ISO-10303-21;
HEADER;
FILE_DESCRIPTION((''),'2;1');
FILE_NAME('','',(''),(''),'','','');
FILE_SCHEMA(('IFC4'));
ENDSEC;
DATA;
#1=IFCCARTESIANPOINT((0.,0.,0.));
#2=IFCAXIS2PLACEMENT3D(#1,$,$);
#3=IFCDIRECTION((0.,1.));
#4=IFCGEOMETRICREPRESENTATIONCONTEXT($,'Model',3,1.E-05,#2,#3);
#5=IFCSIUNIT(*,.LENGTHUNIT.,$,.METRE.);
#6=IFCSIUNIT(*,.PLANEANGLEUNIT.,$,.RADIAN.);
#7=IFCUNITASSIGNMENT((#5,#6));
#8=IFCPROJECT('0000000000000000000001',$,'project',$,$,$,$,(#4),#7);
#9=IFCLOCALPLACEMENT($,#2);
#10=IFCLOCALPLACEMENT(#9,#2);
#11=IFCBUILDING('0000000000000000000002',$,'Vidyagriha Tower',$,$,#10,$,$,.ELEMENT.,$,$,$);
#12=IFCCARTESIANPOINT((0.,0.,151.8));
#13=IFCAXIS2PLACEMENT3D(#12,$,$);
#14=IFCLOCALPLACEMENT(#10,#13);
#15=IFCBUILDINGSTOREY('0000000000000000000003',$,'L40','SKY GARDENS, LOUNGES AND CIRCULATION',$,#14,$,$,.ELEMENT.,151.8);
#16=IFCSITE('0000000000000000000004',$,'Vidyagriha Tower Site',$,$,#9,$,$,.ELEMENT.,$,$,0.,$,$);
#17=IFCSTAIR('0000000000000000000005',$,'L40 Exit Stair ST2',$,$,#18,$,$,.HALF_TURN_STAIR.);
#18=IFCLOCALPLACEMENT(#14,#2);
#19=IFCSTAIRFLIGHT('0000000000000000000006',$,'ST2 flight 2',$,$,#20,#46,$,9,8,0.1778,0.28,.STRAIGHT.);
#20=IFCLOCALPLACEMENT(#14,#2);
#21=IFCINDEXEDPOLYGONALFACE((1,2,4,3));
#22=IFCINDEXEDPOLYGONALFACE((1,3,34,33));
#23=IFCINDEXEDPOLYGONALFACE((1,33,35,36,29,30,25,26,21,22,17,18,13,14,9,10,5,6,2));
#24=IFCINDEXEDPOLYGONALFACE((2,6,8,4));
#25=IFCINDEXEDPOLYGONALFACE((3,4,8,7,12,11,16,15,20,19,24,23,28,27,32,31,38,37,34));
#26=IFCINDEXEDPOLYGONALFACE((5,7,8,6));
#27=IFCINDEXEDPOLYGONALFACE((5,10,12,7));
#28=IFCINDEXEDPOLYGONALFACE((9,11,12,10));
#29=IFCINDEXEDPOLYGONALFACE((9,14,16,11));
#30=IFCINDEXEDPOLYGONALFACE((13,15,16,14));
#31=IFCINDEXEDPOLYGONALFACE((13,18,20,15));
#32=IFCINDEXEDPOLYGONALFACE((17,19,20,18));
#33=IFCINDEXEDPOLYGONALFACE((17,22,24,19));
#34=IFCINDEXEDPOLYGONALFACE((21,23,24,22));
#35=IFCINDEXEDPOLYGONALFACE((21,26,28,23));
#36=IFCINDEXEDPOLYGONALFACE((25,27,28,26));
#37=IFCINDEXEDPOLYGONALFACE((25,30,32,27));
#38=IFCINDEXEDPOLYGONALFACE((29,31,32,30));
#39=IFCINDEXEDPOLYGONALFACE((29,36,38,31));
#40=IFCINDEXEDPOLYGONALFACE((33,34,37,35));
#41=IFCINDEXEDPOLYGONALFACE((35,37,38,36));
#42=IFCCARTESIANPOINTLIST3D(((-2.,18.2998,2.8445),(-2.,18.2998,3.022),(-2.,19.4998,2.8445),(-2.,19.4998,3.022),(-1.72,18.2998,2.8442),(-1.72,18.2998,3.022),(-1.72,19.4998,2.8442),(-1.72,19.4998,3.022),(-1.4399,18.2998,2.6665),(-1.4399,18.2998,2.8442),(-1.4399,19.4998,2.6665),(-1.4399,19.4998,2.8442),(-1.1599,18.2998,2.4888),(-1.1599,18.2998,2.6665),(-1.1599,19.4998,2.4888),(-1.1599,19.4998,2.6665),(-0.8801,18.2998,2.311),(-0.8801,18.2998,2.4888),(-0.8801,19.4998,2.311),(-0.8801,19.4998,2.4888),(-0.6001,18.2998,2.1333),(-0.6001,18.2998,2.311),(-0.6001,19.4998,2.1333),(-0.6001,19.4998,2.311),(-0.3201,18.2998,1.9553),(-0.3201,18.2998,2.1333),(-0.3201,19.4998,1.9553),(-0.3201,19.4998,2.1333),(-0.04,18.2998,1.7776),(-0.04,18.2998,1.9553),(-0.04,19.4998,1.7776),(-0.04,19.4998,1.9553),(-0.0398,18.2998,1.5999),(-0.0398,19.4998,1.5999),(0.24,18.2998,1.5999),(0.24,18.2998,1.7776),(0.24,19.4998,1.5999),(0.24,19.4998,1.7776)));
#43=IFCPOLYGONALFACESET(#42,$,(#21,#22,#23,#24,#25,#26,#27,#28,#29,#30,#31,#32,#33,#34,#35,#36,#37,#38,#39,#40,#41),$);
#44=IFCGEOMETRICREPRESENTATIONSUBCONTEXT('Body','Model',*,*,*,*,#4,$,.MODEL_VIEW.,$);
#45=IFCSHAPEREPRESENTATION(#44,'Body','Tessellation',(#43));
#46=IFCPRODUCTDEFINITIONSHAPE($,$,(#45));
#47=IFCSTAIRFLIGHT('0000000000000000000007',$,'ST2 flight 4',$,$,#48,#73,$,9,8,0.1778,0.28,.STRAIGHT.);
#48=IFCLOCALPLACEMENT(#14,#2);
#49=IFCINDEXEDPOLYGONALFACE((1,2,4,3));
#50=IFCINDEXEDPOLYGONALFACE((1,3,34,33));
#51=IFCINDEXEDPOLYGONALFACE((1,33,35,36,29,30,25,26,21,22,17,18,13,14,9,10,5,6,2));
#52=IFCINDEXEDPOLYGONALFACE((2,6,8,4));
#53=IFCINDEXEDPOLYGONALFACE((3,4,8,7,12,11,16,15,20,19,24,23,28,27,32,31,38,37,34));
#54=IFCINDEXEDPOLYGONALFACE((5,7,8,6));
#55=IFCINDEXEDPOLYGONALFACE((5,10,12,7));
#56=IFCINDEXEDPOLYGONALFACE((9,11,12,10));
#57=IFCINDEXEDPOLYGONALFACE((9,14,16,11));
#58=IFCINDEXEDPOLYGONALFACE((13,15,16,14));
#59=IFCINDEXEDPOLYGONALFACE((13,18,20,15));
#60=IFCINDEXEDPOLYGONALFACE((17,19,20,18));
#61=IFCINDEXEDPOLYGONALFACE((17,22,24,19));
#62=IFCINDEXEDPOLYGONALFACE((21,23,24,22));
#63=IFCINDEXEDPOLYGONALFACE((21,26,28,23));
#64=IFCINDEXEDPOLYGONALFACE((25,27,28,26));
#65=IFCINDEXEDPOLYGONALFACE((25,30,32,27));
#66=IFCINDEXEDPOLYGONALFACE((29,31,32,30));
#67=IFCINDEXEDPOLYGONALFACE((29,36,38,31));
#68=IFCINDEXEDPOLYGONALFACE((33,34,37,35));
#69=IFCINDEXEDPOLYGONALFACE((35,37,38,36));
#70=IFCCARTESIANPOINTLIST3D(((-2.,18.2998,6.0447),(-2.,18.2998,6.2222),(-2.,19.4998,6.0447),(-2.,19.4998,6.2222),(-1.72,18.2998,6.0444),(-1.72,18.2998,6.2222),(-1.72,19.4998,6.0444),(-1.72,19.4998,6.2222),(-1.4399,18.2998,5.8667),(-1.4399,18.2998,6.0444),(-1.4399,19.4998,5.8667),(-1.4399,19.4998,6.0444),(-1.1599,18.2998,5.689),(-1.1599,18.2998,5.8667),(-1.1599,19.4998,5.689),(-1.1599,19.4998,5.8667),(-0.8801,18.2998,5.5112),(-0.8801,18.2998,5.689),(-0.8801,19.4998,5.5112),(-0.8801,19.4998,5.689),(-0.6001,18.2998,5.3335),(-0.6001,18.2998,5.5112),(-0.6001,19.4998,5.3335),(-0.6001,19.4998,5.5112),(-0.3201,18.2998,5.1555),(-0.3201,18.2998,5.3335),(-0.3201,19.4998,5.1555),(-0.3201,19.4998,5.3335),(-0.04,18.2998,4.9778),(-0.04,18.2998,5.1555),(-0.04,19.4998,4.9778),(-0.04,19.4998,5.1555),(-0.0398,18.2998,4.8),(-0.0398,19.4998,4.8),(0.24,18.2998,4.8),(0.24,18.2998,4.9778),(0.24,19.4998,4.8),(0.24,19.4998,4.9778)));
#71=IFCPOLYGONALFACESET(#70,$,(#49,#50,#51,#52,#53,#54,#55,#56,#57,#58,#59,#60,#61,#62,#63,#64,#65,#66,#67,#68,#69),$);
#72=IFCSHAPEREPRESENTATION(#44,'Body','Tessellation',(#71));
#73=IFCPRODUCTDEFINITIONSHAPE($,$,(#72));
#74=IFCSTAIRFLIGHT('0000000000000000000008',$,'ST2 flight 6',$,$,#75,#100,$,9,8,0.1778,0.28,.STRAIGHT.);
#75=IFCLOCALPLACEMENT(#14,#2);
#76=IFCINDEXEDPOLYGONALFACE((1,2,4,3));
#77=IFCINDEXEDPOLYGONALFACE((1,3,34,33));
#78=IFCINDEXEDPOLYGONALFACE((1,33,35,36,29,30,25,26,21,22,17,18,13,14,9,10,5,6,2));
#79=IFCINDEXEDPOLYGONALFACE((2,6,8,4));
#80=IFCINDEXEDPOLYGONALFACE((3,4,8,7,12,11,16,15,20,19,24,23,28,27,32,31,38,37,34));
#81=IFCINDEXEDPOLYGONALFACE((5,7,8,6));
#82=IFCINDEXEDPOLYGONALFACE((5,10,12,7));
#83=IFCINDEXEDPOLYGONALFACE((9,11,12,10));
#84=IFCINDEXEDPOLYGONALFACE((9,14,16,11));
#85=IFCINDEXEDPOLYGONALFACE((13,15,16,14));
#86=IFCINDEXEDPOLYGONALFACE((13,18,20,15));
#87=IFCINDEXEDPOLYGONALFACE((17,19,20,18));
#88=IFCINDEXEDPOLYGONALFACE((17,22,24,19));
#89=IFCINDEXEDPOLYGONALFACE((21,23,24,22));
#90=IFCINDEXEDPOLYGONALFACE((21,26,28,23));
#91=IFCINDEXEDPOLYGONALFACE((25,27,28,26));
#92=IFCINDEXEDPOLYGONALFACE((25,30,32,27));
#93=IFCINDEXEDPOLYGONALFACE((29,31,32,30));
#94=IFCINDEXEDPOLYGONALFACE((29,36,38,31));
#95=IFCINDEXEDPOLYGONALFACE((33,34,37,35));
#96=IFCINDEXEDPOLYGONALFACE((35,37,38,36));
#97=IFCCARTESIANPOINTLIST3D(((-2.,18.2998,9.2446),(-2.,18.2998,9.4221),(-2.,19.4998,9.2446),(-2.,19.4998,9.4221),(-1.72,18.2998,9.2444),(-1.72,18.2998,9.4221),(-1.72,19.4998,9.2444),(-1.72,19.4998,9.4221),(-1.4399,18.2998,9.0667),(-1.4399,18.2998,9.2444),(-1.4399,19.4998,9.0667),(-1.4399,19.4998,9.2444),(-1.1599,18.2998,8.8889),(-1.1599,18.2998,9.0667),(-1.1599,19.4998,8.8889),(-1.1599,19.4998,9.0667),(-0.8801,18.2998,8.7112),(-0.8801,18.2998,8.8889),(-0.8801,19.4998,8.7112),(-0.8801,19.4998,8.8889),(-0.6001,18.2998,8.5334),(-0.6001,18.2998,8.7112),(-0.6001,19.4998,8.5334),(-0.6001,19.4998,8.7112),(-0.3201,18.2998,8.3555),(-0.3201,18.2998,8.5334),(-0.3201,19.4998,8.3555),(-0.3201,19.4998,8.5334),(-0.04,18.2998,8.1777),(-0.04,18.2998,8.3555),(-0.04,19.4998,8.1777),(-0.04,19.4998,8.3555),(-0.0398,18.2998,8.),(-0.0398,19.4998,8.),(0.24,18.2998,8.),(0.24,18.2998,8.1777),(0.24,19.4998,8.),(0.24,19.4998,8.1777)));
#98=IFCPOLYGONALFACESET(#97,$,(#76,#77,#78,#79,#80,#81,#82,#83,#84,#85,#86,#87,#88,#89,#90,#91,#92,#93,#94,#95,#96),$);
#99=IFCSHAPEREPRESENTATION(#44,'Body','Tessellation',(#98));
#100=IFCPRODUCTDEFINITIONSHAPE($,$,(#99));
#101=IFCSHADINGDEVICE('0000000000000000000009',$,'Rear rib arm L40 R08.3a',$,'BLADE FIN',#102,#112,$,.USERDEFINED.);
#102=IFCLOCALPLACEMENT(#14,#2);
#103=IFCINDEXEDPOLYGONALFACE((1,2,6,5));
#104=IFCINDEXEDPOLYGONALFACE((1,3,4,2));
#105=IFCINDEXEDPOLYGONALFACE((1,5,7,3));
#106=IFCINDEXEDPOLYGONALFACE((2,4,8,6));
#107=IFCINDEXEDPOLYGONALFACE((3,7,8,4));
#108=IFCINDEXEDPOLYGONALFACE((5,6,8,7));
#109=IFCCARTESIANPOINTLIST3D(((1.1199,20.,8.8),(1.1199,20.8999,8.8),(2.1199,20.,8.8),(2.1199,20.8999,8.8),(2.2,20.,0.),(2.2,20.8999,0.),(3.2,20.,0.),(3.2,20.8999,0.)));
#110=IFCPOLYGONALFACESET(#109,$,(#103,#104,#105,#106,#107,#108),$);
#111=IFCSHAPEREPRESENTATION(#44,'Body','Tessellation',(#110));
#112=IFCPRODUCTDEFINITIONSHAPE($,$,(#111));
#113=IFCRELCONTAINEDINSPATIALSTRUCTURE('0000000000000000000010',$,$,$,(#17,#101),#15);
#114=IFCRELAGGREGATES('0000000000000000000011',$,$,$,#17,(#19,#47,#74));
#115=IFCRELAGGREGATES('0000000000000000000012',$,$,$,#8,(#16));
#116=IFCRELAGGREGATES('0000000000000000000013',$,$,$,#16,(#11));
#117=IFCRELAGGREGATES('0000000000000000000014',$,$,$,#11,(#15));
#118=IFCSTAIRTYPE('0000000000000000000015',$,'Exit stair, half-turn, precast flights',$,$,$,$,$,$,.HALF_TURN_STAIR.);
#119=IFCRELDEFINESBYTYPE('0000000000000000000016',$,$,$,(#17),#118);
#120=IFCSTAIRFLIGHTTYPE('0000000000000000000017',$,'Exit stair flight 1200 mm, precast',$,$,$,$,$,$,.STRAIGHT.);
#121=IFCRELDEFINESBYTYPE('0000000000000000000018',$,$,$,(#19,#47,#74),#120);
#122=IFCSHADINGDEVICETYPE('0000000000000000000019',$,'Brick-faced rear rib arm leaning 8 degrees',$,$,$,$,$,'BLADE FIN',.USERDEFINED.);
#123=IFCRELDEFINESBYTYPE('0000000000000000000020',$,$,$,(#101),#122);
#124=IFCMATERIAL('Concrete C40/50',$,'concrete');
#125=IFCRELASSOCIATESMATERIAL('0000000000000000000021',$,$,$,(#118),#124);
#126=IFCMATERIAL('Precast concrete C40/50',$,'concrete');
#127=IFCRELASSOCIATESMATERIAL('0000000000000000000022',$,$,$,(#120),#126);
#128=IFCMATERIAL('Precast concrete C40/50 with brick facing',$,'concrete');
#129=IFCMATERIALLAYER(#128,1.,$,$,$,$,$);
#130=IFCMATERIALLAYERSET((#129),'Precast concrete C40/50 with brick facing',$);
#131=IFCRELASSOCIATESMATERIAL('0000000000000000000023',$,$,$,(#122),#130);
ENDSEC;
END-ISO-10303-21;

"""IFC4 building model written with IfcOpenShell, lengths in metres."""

from ifc_helpers import new_model, si_unit, direction, frame, origin, place, context, subcontext, project, spatial, polyline, outline, extrude, material, layer, layer_set, type_object, element, aggregate, save


model = new_model("IFC4")

# Units and contexts
model_context = context("Model", 3, precision=1e-05, world=origin(), true_north=direction((0.0, 1.0)))
body_context = subcontext(model_context, "Body", "Model", "MODEL_VIEW")
ifc_project = project(units=[si_unit("LENGTHUNIT", "METRE"), si_unit("PLANEANGLEUNIT", "RADIAN")], contexts=[model_context])

# Site, building, storey
site_placement = place(None, origin())
site = spatial("IfcSite", under=ifc_project, at=site_placement, Name="Vidyagriha Tower Site", CompositionType="ELEMENT", RefElevation=0.0)
building_placement = place(site_placement, origin())
building = spatial("IfcBuilding", under=site, at=building_placement, Name="Vidyagriha Tower", CompositionType="ELEMENT")
storey_placement = place(building_placement, frame((0.0, 0.0, 151.8)))
storey = spatial("IfcBuildingStorey", under=building, at=storey_placement, Name="L40", Description="SKY GARDENS, LOUNGES AND CIRCULATION", CompositionType="ELEMENT", Elevation=151.8)

# Stair, stair flights
ifc_material_1 = material(Name="Concrete C40/50", Category="concrete")
stair_type = type_object("IfcStairType", Name="Exit stair, half-turn, precast flights", PredefinedType="HALF_TURN_STAIR", material=ifc_material_1)
stair_placement = place(storey_placement, origin())
stair = element("IfcStair", 1, at=stair_placement, inside=storey, type_object=stair_type, Name="L40 Exit Stair ST2", PredefinedType="HALF_TURN_STAIR")
ifc_material_2 = material(Name="Precast concrete C40/50", Category="concrete")
stair_flight_type = type_object("IfcStairFlightType", Name="Exit stair flight 1200 mm, precast", PredefinedType="STRAIGHT", material=ifc_material_2)
stair_flight_1_placement = place(storey_placement, frame((0.24, 18.8999, 1.5999), z_axis=(0.0, 0.0, 1.0), x_axis=(-1.0, 0.0, 0.0)))
stair_flight_1 = element("IfcStairFlight", 2, at=stair_flight_1_placement, type_object=stair_flight_type, Name="ST2 flight 2", NumberOfRisers=9, NumberOfTreads=8, PredefinedType="STRAIGHT", RiserHeight=0.1778, TreadLength=0.28, context=body_context, shape_type="SweptSolid", body=[
    extrude(outline(polyline([(0.0, 0.0), (0.0, 0.1777), (0.28, 0.1777), (0.28, 0.3555), (0.5601, 0.3555), (0.5601, 0.5334), (0.8401, 0.5334), (0.8401, 0.7112), (1.1201, 0.7112), (1.1201, 0.8889), (1.3999, 0.8889), (1.3999, 1.0667), (1.6799, 1.0667), (1.6799, 1.2444), (1.96, 1.2444), (1.96, 1.4221), (2.24, 1.4221), (2.24, 1.6001), (2.24, 1.2446), (0.2798, 0.0), (0.0, 0.0)])), frame((0.0, 0.6001, 0.0), z_axis=(0.0, -1.0, 0.0), x_axis=(1.0, 0.0, 0.0)), (0.0, 0.0, 1.0), 1.2),
])
stair_flight_2_placement = place(storey_placement, frame((0.24, 18.8999, 4.8), z_axis=(0.0, 0.0, 1.0), x_axis=(-1.0, 0.0, 0.0)))
stair_flight_2 = element("IfcStairFlight", 3, at=stair_flight_2_placement, type_object=stair_flight_type, Name="ST2 flight 4", NumberOfRisers=9, NumberOfTreads=8, PredefinedType="STRAIGHT", RiserHeight=0.1778, TreadLength=0.28, context=body_context, shape_type="SweptSolid", body=[
    extrude(outline(polyline([(0.0, 0.0), (0.0, 0.1777), (0.28, 0.1777), (0.28, 0.3555), (0.5601, 0.3555), (0.5601, 0.5334), (0.8401, 0.5334), (0.8401, 0.7112), (1.1201, 0.7112), (1.1201, 0.8889), (1.3999, 0.8889), (1.3999, 1.0667), (1.6799, 1.0667), (1.6799, 1.2444), (1.96, 1.2444), (1.96, 1.4221), (2.24, 1.4221), (2.24, 1.6001), (2.24, 1.2446), (0.2798, 0.0), (0.0, 0.0)])), frame((0.0, 0.6001, 0.0), z_axis=(0.0, -1.0, 0.0), x_axis=(1.0, 0.0, 0.0)), (0.0, 0.0, 1.0), 1.2),
])
stair_flight_3_placement = place(storey_placement, frame((0.24, 18.8999, 8.0), z_axis=(0.0, 0.0, 1.0), x_axis=(-1.0, 0.0, 0.0)))
stair_flight_3 = element("IfcStairFlight", 4, at=stair_flight_3_placement, type_object=stair_flight_type, Name="ST2 flight 6", NumberOfRisers=9, NumberOfTreads=8, PredefinedType="STRAIGHT", RiserHeight=0.1778, TreadLength=0.28, context=body_context, shape_type="SweptSolid", body=[
    extrude(outline(polyline([(0.0, 0.0), (0.0, 0.1777), (0.28, 0.1777), (0.28, 0.3555), (0.5601, 0.3555), (0.5601, 0.5334), (0.8401, 0.5334), (0.8401, 0.7112), (1.1201, 0.7112), (1.1201, 0.8889), (1.3999, 0.8889), (1.3999, 1.0667), (1.6799, 1.0667), (1.6799, 1.2444), (1.96, 1.2444), (1.96, 1.4221), (2.24, 1.4221), (2.24, 1.6001), (2.24, 1.2446), (0.2798, 0.0), (0.0, 0.0)])), frame((0.0, 0.6001, 0.0), z_axis=(0.0, -1.0, 0.0), x_axis=(1.0, 0.0, 0.0)), (0.0, 0.0, 1.0), 1.2),
])
aggregate(stair, [stair_flight_1, stair_flight_2, stair_flight_3])

# Shading device
ifc_material_3 = material(Name="Precast concrete C40/50 with brick facing", Category="concrete")
ifc_layer = layer(ifc_material_3, 1.0)
ifc_layer_set = layer_set([ifc_layer], Name="Precast concrete C40/50 with brick facing")
shading_device_type = type_object("IfcShadingDeviceType", Name="Brick-faced rear rib arm leaning 8 degrees", ElementType="BLADE FIN", PredefinedType="USERDEFINED", material=ifc_layer_set)
shading_device_placement = place(storey_placement, frame((3.2, 20.45, 0.0), z_axis=(0.0, 0.0, 1.0), x_axis=(-1.0, 0.0, 0.0)))
element("IfcShadingDevice", 5, at=shading_device_placement, inside=storey, type_object=shading_device_type, Name="Rear rib arm L40 R08.3a", ObjectType="BLADE FIN", PredefinedType="USERDEFINED", context=body_context, shape_type="SweptSolid", body=[
    extrude(outline(polyline([(0.0, 0.0), (1.0, 0.0), (2.0801, 8.8), (1.0801, 8.8), (0.0, 0.0)])), frame((0.0, 0.45, 0.0), z_axis=(0.0, -1.0, 0.0), x_axis=(1.0, 0.0, 0.0)), (0.0, 0.0, 1.0), 0.8999),
])

save(model, "model.ifc")
